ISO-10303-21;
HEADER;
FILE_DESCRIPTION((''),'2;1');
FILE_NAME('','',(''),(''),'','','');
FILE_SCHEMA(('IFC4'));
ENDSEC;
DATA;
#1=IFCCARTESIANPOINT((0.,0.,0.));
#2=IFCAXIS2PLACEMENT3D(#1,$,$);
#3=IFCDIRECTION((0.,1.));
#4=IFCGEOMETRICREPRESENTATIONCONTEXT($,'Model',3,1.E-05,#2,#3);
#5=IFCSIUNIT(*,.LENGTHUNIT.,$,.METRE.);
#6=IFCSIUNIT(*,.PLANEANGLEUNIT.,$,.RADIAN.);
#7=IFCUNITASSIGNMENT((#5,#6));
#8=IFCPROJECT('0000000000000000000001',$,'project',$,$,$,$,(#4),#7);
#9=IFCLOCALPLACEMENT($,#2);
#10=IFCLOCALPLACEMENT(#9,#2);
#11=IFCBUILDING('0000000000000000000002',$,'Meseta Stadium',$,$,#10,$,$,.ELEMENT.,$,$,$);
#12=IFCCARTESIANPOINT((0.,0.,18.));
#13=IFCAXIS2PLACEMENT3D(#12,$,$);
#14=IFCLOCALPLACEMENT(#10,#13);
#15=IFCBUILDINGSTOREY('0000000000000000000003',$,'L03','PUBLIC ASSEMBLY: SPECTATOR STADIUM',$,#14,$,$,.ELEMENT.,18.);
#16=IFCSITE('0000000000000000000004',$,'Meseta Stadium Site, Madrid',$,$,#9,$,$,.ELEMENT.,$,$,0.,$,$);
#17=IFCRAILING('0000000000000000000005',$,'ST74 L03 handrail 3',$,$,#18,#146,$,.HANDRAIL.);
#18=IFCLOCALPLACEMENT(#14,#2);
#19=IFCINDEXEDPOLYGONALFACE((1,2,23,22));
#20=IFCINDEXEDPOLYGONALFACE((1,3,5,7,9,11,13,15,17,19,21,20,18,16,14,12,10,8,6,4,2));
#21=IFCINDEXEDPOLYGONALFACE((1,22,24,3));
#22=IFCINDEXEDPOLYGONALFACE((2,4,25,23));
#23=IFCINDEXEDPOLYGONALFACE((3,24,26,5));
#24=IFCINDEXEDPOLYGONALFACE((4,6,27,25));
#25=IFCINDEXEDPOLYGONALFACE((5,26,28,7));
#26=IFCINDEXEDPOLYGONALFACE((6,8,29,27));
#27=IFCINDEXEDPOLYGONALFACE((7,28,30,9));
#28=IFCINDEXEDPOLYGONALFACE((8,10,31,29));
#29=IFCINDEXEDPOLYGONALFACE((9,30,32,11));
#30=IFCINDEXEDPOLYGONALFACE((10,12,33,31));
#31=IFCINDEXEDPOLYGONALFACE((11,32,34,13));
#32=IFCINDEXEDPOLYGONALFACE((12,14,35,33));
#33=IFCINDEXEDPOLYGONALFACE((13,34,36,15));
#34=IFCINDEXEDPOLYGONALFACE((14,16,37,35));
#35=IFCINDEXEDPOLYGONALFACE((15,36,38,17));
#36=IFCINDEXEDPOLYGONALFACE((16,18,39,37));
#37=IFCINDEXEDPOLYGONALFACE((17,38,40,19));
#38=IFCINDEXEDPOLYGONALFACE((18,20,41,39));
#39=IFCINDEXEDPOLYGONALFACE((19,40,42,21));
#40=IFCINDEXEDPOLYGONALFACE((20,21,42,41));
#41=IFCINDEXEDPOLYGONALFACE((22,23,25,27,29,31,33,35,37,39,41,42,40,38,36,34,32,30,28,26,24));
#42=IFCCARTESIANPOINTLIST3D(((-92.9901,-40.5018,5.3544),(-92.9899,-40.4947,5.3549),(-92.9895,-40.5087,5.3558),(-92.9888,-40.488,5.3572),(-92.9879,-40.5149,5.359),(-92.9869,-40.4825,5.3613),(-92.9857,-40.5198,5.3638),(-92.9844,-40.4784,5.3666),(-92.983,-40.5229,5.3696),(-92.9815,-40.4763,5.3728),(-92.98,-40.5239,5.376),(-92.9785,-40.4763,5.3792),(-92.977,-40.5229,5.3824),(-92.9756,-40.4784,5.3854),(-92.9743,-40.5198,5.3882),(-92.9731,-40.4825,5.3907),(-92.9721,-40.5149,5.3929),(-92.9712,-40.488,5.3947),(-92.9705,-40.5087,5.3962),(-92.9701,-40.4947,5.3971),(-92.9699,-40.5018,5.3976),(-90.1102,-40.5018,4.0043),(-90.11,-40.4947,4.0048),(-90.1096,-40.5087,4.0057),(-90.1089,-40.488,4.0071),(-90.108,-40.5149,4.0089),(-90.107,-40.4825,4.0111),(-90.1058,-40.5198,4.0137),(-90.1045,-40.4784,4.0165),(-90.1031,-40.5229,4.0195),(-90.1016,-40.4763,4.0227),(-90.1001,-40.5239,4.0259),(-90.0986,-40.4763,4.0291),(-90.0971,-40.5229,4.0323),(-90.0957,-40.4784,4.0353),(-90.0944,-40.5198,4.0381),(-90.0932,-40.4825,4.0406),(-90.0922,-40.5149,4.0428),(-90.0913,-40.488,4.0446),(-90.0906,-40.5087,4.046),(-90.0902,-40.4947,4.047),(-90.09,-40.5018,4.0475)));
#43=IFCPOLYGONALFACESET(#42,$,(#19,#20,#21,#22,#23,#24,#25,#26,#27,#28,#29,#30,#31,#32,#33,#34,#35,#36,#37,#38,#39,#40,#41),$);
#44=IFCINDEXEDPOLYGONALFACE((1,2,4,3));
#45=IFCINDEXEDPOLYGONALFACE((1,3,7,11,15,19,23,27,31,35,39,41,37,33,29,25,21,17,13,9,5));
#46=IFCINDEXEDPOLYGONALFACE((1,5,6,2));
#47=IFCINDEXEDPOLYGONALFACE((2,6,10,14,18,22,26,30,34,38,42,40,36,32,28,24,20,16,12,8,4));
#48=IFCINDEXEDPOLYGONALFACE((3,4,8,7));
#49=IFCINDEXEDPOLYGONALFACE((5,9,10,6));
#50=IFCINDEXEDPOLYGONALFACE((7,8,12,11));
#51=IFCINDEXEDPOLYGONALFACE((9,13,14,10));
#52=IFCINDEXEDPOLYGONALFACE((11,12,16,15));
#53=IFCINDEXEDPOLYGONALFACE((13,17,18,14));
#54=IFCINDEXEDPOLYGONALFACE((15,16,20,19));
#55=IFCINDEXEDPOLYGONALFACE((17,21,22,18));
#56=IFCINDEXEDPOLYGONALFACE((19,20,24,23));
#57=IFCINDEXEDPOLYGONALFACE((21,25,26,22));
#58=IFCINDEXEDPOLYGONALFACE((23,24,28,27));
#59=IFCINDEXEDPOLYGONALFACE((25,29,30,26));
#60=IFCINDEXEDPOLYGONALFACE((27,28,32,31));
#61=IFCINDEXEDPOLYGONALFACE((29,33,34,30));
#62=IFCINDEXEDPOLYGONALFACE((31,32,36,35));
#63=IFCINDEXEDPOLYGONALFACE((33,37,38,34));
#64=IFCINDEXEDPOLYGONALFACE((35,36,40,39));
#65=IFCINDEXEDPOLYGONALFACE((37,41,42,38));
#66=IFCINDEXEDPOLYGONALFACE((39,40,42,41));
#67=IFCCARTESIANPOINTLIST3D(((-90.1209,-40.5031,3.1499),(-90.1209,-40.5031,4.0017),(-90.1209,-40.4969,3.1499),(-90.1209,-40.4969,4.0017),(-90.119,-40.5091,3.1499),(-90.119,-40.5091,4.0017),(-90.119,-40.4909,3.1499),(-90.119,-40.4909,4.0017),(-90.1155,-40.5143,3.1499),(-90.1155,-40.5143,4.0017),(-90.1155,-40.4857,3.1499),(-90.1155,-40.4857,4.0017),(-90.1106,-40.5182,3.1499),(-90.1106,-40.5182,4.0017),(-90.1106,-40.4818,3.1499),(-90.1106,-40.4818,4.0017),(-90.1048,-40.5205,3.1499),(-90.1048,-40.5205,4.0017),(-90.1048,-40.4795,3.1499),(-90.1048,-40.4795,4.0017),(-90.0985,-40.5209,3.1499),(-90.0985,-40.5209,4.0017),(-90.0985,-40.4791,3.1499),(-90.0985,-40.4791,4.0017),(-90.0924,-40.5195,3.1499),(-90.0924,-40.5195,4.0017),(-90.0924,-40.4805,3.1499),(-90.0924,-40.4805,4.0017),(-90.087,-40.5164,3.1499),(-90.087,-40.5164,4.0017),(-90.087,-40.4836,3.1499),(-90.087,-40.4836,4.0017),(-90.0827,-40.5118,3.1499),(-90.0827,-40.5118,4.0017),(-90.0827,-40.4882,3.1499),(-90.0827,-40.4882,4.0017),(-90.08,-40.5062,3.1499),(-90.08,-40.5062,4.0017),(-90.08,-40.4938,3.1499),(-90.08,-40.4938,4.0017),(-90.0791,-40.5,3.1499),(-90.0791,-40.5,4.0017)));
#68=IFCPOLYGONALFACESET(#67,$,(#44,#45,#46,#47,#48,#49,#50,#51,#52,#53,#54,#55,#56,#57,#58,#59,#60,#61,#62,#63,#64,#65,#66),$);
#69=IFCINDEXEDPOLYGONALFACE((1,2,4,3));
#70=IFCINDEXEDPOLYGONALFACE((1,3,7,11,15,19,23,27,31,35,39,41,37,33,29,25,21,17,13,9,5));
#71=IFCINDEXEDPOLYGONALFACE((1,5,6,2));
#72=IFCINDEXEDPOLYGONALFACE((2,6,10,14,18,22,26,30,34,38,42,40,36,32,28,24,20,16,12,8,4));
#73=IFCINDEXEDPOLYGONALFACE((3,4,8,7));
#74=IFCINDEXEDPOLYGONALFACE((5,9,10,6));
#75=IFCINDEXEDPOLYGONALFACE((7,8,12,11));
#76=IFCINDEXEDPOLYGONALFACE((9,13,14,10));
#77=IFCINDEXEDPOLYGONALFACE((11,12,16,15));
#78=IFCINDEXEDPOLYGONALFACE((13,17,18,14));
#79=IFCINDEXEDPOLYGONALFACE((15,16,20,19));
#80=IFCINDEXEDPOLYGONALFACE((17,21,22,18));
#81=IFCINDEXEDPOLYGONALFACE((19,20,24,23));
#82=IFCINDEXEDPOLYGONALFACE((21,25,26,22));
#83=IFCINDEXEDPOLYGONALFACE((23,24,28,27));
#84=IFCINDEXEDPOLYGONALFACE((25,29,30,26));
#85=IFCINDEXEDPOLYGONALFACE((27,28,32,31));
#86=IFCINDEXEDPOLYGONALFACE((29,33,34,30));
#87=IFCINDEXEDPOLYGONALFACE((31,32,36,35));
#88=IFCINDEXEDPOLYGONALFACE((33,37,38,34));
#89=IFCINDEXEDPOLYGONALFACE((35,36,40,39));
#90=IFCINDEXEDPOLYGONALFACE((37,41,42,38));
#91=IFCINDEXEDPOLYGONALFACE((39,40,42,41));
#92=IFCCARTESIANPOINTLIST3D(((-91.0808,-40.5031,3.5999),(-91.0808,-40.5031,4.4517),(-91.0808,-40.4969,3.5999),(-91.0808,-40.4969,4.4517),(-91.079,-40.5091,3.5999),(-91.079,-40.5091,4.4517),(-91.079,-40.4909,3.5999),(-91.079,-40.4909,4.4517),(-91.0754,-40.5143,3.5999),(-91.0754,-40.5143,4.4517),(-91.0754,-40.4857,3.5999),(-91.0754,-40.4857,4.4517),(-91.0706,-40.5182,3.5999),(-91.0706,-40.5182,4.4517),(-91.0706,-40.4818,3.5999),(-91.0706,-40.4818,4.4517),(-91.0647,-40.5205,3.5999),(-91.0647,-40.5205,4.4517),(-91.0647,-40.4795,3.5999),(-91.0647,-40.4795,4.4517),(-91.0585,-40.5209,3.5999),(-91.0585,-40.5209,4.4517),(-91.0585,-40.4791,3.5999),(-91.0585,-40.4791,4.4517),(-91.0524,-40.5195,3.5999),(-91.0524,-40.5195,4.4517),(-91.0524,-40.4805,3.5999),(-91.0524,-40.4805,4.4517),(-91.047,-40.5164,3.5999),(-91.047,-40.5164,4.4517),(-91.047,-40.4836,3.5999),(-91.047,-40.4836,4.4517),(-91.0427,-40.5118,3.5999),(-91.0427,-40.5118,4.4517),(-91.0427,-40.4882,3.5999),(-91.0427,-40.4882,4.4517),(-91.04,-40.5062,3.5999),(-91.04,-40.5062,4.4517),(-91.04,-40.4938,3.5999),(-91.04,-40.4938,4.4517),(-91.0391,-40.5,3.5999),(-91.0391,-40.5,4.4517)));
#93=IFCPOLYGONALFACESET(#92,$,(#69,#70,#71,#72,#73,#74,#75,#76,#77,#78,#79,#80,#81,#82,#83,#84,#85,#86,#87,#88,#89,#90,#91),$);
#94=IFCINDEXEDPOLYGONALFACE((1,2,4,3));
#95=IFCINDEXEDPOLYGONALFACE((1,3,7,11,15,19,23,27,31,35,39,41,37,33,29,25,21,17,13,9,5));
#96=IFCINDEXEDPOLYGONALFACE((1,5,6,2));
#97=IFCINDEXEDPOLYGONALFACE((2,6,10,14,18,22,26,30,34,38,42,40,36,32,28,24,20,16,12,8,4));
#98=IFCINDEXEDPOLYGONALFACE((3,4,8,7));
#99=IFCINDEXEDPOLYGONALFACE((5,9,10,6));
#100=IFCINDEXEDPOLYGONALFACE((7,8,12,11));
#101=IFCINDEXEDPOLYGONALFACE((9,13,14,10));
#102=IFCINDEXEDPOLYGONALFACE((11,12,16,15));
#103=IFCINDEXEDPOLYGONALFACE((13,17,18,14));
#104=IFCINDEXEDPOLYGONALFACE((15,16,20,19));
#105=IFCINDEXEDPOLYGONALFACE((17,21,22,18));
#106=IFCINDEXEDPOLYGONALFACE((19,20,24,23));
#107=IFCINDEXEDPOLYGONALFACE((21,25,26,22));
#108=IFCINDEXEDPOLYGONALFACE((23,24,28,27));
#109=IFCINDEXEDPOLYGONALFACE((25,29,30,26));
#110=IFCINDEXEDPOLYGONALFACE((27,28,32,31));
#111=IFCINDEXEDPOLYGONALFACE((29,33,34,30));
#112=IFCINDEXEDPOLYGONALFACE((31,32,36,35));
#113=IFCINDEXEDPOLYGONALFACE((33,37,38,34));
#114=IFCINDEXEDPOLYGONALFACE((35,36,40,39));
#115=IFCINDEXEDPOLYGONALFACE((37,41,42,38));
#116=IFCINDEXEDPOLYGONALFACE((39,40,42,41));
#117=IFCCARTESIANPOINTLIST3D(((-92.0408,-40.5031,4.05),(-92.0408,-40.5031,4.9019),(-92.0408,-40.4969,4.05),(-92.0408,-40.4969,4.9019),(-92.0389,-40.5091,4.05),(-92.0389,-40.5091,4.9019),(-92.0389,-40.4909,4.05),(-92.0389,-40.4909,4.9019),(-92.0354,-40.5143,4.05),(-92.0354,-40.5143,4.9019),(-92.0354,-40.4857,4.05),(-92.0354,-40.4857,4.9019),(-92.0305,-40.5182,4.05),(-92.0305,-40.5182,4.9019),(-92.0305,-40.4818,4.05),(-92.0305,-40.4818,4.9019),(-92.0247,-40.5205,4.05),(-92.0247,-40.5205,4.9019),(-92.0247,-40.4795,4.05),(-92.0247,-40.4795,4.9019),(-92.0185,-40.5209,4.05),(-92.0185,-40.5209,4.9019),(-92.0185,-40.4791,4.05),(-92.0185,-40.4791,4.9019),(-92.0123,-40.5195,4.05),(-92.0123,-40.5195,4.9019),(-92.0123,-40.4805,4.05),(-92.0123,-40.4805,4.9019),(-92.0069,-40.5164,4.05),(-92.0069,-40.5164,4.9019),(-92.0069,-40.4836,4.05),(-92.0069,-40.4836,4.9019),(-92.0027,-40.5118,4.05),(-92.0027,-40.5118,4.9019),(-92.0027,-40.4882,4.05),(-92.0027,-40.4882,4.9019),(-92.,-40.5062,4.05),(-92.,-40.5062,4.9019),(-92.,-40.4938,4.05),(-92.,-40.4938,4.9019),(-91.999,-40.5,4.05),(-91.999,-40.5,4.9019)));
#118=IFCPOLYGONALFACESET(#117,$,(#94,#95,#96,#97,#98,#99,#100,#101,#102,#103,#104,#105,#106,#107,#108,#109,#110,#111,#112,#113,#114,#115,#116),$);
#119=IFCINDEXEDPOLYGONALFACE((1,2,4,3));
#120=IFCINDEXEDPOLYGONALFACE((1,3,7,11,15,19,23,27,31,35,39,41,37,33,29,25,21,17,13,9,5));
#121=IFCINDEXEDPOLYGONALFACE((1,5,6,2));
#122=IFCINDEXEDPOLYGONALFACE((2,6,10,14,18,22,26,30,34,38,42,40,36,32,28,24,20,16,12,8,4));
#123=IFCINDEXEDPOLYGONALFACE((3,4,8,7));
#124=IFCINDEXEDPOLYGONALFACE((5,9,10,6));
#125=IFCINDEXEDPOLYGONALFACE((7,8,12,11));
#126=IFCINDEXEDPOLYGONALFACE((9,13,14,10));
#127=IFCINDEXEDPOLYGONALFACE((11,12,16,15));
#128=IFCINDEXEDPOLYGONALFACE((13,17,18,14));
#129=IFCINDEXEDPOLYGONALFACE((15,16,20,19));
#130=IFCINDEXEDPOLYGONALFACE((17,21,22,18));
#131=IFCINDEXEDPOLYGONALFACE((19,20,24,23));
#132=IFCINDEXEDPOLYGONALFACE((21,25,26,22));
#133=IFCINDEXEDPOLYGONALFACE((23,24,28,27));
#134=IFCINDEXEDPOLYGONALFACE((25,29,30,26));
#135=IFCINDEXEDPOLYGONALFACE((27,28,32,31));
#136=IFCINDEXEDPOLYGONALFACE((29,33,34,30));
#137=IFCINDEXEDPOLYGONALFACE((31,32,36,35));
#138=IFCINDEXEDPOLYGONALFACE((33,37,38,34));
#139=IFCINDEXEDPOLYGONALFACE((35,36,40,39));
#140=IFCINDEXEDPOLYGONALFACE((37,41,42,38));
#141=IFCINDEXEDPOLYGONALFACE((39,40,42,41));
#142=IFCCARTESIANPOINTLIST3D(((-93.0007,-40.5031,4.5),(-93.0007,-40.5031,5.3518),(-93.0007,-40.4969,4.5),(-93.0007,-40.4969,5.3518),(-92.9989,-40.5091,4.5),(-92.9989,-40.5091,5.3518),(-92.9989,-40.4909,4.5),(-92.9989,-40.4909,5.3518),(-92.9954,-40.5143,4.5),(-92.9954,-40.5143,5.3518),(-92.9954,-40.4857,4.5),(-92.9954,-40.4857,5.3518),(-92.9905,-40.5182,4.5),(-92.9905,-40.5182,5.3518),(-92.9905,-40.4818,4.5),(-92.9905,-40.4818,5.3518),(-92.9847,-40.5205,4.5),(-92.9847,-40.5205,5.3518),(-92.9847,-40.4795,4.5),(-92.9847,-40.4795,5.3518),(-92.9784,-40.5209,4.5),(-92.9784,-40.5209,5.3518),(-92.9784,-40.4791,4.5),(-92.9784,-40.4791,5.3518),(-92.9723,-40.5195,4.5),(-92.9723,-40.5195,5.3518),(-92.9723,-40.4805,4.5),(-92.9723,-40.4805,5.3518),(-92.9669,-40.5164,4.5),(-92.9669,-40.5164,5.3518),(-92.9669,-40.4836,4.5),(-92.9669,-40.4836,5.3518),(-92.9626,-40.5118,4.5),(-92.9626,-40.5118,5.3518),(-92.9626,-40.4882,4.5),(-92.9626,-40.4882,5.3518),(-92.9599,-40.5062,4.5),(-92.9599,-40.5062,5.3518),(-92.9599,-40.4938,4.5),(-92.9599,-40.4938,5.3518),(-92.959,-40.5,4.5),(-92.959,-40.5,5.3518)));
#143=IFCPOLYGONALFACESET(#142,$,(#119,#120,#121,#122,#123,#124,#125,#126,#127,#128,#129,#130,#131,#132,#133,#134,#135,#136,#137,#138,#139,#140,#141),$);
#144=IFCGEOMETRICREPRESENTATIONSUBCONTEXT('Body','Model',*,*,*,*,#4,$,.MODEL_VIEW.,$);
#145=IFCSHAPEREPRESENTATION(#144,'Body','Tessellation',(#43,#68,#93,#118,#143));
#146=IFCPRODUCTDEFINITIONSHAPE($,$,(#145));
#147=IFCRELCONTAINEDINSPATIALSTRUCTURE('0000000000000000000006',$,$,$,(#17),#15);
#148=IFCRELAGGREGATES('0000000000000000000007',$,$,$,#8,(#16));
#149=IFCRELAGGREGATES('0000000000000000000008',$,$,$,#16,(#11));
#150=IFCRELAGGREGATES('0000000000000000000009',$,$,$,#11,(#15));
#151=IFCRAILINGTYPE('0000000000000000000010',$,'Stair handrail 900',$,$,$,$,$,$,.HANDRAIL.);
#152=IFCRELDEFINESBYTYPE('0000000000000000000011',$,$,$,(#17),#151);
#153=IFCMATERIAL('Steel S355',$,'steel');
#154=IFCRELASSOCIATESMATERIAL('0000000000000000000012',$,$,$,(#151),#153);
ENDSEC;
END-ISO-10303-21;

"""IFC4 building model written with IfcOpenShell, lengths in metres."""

from ifc_helpers import new_model, si_unit, direction, frame, origin, origin_2d, place, context, subcontext, project, spatial, circle, extrude, material, type_object, element, save


model = new_model("IFC4")

# Units and contexts
model_context = context("Model", 3, precision=1e-05, world=origin(), true_north=direction((0.0, 1.0)))
body_context = subcontext(model_context, "Body", "Model", "MODEL_VIEW")
ifc_project = project(units=[si_unit("LENGTHUNIT", "METRE"), si_unit("PLANEANGLEUNIT", "RADIAN")], contexts=[model_context])

# Site, building, storey
site_placement = place(None, origin())
site = spatial("IfcSite", under=ifc_project, at=site_placement, Name="Meseta Stadium Site, Madrid", CompositionType="ELEMENT", RefElevation=0.0)
building_placement = place(site_placement, origin())
building = spatial("IfcBuilding", under=site, at=building_placement, Name="Meseta Stadium", CompositionType="ELEMENT")
storey_placement = place(building_placement, frame((0.0, 0.0, 18.0)))
storey = spatial("IfcBuildingStorey", under=building, at=storey_placement, Name="L03", Description="PUBLIC ASSEMBLY: SPECTATOR STADIUM", CompositionType="ELEMENT", Elevation=18.0)

# Railing
ifc_material_1 = material(Name="Steel S355", Category="steel")
railing_type_1 = type_object("IfcRailingType", Name="Stair handrail 900", PredefinedType="HANDRAIL", material=ifc_material_1)
for number, where, name in (
    (1, (-90.1001, -40.5, 3.1499), "ST74 L03 handrail 3"),
):
    element("IfcRailing", number, at=place(storey_placement, frame(where)), inside=storey, type_object=railing_type_1, Name=name, PredefinedType="HANDRAIL", context=body_context, shape_type="SweptSolid", body=[
        extrude(circle(Radius=0.0239, at=origin_2d()), frame((0.0, 0.0, 0.876), z_axis=(-0.90544, 0.0, 0.424473), x_axis=(0.0, -1.0, 0.0)), (0.0, 0.0, 1.0), 3.1807),
        extrude(circle(Radius=0.021, at=origin_2d()), origin(), (0.0, 0.0, 1.0), 0.8518),
        extrude(circle(Radius=0.021, at=origin_2d()), frame((-0.96, 0.0, 0.45)), (0.0, 0.0, 1.0), 0.8518),
        extrude(circle(Radius=0.021, at=origin_2d()), frame((-1.9199, 0.0, 0.9001)), (0.0, 0.0, 1.0), 0.8518),
        extrude(circle(Radius=0.021, at=origin_2d()), frame((-2.8799, 0.0, 1.3501)), (0.0, 0.0, 1.0), 0.8518),
    ])

save(model, "model.ifc")
